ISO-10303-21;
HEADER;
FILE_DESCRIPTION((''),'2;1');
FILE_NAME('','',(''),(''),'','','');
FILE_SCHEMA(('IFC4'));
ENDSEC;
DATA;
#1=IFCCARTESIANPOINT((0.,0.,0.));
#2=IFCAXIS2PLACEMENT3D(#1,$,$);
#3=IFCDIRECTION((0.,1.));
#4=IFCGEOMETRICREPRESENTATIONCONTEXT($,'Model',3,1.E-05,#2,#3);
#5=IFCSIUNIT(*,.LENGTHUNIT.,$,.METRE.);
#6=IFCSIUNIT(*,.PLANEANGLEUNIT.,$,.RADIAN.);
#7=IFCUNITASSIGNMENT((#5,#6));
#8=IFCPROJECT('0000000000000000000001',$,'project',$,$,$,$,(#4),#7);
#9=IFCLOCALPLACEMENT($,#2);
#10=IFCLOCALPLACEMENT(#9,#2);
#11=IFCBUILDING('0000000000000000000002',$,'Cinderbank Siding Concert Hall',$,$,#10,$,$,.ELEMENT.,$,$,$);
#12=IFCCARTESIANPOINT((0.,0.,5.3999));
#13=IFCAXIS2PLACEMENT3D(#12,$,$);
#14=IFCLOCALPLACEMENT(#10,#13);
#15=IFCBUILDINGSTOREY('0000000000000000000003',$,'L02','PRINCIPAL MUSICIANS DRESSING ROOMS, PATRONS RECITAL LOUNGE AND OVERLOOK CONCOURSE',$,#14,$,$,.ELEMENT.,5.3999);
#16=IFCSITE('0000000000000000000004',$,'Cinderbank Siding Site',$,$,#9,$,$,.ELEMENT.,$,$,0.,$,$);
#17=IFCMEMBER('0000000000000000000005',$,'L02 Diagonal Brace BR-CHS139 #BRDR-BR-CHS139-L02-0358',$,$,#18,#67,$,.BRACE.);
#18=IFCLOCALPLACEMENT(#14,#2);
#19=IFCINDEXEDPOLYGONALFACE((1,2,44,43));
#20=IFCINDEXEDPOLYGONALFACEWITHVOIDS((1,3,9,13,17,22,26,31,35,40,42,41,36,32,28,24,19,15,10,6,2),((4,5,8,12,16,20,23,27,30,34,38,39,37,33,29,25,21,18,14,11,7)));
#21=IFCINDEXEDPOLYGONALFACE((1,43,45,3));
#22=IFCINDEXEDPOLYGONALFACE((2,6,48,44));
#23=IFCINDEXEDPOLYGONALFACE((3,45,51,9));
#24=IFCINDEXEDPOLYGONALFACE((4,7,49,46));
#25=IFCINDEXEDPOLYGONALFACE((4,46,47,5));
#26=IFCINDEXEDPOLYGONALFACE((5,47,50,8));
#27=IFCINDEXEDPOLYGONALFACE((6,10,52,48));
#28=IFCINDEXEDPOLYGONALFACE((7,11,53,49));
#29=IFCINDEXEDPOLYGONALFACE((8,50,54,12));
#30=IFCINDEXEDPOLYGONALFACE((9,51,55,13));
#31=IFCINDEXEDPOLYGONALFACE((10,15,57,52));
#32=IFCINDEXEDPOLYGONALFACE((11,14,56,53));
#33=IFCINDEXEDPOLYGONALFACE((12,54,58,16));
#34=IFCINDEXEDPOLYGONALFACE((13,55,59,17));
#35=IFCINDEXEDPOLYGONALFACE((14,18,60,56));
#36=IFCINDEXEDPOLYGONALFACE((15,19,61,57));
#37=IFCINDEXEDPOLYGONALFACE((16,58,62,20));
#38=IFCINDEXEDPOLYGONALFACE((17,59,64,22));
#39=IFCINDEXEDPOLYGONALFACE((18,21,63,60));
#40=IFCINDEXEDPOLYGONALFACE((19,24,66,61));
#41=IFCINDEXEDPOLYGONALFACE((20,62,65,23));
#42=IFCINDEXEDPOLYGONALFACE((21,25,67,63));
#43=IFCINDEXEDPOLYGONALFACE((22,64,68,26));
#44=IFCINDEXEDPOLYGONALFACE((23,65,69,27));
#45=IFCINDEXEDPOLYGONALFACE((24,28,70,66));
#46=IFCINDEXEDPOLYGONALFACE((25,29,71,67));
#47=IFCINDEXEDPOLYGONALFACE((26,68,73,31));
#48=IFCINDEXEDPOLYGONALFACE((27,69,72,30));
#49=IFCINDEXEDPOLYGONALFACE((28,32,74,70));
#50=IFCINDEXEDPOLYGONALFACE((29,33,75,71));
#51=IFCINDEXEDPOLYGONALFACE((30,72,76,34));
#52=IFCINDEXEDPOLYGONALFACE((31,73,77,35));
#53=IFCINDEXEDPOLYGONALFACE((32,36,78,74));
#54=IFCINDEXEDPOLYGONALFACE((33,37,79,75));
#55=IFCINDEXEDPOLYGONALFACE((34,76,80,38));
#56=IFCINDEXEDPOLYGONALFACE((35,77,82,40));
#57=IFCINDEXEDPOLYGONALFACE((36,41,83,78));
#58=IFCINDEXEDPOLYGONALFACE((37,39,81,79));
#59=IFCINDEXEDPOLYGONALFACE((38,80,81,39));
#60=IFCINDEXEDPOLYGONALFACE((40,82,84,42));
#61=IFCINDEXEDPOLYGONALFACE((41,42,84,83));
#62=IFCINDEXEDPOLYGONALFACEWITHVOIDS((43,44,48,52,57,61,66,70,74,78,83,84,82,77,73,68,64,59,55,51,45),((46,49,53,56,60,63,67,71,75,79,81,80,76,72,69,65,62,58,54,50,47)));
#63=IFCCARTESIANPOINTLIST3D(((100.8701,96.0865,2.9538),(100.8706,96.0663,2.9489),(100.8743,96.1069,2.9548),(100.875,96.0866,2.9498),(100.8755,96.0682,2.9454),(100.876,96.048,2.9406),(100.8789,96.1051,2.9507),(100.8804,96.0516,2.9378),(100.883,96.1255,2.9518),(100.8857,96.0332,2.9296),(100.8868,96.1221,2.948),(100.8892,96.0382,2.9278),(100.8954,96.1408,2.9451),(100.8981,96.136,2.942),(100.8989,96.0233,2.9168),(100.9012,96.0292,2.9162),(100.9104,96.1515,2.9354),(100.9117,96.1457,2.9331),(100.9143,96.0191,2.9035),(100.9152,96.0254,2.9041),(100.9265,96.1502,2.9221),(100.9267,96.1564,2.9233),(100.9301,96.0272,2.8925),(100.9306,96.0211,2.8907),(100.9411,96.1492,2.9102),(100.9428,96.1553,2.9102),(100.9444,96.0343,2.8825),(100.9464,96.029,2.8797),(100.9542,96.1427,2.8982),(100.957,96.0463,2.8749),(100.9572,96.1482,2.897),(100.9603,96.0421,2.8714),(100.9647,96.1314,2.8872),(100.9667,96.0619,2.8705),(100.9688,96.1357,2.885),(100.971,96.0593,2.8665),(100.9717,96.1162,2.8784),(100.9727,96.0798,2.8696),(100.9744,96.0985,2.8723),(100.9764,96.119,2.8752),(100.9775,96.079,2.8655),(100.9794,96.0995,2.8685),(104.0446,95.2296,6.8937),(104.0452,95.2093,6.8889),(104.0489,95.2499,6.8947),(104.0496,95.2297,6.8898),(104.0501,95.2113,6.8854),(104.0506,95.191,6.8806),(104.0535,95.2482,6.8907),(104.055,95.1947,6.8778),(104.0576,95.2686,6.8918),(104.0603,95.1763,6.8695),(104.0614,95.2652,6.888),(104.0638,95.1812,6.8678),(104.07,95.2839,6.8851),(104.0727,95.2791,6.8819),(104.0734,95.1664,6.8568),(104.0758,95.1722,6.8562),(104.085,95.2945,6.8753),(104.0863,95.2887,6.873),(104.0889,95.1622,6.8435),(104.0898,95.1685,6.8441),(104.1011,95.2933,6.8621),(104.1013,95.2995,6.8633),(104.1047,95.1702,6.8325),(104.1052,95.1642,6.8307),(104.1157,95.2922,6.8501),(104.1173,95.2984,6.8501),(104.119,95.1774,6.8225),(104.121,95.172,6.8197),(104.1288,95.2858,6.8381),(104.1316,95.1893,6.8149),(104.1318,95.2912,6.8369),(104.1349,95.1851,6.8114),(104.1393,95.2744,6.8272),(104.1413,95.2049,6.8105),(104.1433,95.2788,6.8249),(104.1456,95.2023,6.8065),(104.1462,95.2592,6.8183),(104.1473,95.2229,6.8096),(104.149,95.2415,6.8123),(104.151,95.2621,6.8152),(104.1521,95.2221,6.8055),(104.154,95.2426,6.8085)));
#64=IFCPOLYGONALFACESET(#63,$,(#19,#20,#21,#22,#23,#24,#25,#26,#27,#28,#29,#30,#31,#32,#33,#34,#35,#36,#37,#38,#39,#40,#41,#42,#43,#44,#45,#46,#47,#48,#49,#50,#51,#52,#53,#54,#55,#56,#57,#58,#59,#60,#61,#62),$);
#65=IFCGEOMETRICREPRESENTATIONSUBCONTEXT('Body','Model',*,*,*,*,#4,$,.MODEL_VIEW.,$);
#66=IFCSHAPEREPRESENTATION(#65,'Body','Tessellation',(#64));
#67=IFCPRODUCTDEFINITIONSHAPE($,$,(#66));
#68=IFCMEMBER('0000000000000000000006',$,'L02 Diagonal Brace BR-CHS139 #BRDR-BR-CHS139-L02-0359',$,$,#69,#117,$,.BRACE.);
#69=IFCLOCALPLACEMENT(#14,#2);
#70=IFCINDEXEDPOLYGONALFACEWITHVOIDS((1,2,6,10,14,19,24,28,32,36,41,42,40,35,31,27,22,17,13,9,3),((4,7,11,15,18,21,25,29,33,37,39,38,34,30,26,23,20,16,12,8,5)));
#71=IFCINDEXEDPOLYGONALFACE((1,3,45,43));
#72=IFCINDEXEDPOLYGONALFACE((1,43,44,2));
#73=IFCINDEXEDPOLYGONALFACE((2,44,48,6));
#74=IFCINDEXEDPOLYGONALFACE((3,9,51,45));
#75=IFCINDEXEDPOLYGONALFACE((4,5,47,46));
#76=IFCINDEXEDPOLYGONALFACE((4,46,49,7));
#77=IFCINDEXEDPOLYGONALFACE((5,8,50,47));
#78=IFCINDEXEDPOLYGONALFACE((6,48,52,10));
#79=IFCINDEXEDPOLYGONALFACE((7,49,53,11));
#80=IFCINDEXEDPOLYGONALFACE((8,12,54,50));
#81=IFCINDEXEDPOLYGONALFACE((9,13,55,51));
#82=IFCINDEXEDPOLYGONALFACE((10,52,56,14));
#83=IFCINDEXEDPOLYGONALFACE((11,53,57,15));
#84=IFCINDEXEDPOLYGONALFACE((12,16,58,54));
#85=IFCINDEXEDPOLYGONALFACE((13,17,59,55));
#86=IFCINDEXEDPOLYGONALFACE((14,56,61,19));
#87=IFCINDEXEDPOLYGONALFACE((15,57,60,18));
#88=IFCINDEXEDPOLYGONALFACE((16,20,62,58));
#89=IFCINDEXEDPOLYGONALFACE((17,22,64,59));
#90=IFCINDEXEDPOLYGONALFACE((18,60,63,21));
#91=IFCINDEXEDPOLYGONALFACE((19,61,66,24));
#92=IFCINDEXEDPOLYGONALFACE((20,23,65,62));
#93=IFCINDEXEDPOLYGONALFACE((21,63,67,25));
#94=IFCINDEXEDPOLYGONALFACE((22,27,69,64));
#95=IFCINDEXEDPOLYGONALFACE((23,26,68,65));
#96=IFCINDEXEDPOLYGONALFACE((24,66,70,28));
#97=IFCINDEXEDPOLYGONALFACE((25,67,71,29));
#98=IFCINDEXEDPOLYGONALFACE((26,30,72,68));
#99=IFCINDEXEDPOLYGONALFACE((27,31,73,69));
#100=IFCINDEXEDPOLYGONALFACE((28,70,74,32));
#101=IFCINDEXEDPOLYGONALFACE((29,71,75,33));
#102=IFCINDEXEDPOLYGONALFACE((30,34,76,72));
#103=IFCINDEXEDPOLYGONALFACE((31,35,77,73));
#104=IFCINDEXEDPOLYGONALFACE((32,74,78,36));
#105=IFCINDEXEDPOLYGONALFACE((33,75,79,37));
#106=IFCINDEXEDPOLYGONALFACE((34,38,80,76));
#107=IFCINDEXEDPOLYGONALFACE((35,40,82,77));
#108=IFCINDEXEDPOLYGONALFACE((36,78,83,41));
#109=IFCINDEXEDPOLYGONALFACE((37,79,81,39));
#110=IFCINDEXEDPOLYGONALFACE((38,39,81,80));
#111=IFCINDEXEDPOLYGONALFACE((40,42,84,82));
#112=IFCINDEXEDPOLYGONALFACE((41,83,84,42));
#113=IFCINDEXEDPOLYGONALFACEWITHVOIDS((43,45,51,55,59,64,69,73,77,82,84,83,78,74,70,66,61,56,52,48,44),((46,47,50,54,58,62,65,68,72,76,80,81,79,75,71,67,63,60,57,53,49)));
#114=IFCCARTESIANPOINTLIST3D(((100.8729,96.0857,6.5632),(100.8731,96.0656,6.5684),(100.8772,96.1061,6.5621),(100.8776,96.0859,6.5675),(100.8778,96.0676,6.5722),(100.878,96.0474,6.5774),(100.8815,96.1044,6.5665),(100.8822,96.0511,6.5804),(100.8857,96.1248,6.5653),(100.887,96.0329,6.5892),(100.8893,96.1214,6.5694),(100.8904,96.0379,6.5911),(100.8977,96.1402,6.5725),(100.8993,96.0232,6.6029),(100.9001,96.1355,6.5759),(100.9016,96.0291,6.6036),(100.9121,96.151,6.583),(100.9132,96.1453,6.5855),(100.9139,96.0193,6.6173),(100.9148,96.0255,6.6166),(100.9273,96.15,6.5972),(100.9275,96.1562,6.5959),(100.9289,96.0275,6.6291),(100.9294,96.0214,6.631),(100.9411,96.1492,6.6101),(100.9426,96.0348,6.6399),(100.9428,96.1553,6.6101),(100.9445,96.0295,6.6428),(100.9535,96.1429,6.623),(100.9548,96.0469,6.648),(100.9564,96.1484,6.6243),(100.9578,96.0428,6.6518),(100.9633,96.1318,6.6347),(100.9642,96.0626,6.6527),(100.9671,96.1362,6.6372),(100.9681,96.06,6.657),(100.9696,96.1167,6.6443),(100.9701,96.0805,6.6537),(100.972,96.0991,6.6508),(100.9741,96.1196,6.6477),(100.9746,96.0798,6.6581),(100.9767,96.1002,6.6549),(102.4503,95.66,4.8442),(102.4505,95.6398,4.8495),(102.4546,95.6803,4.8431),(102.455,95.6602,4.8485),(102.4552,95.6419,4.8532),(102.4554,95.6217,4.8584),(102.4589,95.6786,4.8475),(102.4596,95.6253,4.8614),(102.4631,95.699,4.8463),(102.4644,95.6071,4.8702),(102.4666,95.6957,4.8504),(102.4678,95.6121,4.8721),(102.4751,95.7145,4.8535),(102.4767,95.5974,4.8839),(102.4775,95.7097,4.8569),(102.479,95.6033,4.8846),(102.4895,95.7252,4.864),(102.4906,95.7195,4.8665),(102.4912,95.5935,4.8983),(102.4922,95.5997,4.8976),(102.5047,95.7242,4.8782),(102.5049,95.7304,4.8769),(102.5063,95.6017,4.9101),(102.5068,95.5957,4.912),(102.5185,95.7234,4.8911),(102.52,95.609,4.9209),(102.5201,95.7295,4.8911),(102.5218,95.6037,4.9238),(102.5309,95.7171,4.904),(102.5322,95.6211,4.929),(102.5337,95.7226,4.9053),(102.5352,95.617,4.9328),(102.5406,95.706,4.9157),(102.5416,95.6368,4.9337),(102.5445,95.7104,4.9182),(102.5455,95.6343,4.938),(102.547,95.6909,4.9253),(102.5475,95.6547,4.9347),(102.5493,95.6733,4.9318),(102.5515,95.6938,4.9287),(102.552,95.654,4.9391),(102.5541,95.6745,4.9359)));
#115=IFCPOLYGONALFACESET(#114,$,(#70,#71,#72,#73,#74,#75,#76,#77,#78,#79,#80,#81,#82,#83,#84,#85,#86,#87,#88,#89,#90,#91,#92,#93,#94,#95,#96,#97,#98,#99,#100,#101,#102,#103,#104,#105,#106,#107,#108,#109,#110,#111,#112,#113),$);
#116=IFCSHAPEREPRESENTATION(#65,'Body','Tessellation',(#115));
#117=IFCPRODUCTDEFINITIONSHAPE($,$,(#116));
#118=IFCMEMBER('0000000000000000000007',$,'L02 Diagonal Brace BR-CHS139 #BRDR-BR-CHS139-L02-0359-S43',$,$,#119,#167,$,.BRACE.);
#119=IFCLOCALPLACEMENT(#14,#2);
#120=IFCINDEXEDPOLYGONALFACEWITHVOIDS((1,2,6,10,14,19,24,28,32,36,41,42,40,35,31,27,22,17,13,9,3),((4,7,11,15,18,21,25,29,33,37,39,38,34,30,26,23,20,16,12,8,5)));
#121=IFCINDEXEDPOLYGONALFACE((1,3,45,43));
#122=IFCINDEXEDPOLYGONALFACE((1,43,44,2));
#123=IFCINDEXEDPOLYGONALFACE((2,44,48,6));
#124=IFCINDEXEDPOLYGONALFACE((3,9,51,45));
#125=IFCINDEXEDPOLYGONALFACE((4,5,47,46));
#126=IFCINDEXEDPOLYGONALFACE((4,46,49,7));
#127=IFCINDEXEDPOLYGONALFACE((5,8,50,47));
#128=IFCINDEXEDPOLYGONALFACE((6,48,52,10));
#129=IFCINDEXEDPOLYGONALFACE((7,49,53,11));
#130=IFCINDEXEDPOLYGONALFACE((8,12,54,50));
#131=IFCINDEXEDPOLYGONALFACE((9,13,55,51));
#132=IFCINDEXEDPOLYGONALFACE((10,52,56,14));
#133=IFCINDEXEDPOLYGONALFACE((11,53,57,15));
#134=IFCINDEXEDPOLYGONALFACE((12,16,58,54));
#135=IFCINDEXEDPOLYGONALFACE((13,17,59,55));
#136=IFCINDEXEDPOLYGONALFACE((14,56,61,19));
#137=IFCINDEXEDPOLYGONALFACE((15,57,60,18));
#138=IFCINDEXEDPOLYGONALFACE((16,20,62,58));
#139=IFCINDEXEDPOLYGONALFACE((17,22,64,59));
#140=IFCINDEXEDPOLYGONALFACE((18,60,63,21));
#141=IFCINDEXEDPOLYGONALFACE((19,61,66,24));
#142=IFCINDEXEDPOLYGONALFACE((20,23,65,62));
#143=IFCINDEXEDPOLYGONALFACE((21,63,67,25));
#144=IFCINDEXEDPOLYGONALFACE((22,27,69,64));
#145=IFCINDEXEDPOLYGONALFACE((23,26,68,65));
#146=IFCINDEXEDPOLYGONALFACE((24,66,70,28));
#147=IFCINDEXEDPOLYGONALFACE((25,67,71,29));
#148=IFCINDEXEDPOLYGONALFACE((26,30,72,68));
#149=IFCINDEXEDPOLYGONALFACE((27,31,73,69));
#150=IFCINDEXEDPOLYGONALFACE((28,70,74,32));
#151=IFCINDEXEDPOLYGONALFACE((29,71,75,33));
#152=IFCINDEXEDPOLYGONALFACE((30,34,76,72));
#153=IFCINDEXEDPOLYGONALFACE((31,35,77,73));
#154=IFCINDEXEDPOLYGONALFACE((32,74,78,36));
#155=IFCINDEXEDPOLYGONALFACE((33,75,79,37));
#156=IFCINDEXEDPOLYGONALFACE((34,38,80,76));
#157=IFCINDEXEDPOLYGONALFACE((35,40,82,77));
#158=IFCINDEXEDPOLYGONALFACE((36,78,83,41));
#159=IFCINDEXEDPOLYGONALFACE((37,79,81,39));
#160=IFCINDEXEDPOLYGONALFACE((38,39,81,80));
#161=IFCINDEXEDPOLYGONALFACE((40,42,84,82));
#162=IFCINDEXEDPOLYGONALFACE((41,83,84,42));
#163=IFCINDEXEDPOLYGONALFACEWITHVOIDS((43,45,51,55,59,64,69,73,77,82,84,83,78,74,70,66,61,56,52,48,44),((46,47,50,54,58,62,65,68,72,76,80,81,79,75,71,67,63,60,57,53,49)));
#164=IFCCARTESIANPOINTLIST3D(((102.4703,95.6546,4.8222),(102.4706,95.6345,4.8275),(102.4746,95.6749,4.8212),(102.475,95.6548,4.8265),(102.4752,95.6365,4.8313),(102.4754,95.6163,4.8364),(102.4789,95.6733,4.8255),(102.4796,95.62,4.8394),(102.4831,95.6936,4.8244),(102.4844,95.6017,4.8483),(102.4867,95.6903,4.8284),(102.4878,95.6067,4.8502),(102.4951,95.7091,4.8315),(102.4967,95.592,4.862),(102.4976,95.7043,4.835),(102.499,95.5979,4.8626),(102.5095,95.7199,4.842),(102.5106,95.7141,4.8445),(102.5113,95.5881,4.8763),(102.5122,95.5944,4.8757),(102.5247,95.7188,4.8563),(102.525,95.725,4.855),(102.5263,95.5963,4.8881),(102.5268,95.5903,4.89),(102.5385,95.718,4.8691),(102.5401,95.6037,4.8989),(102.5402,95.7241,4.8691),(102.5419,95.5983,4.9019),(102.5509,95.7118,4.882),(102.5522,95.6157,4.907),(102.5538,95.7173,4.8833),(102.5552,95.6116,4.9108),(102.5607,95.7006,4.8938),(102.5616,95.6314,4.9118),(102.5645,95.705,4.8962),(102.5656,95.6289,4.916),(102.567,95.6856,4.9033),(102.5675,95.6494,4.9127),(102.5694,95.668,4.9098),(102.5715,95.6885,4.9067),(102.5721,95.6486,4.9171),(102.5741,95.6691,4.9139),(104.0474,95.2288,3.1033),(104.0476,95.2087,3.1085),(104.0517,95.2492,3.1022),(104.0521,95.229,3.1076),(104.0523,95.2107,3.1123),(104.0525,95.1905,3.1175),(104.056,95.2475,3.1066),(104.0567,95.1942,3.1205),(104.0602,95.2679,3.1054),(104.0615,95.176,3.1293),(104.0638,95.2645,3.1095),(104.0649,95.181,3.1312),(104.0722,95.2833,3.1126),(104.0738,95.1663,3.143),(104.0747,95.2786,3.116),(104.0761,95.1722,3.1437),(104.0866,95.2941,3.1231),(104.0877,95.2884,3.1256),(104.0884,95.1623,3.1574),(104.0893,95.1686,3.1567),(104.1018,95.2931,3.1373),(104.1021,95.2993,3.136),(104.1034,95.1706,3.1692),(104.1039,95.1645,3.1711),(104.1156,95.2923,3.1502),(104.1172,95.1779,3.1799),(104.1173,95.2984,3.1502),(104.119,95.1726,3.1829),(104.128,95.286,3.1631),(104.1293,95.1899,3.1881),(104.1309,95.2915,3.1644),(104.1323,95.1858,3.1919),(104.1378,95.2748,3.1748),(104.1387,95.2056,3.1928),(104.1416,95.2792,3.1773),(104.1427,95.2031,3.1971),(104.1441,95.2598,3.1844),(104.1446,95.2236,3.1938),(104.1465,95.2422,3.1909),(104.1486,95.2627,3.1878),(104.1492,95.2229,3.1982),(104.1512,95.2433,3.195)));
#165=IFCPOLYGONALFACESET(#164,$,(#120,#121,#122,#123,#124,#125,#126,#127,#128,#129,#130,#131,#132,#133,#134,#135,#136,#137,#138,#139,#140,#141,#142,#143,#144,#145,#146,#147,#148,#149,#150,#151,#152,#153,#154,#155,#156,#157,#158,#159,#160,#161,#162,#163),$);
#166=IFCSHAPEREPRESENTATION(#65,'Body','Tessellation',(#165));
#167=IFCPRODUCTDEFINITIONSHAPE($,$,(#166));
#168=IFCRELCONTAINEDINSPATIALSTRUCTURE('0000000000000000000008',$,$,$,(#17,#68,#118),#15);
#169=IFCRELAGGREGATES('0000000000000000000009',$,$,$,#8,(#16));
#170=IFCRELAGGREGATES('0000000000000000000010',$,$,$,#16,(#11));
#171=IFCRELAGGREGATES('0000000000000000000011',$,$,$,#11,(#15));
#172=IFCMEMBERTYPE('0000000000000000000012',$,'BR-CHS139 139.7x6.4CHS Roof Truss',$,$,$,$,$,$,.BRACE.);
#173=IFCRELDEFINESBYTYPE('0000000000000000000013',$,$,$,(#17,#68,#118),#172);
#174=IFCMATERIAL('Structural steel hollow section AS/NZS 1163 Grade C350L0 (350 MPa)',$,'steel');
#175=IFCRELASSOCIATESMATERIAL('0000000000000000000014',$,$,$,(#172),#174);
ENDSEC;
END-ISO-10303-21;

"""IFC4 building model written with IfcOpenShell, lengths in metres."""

from ifc_helpers import new_model, si_unit, direction, frame, origin, origin_2d, place, context, subcontext, project, spatial, hollow_circle, extrude, material, material_profile, profile_set, type_object, element, save


model = new_model("IFC4")

# Units and contexts
model_context = context("Model", 3, precision=1e-05, world=origin(), true_north=direction((0.0, 1.0)))
body_context = subcontext(model_context, "Body", "Model", "MODEL_VIEW")
ifc_project = project(units=[si_unit("LENGTHUNIT", "METRE"), si_unit("PLANEANGLEUNIT", "RADIAN")], contexts=[model_context])

# Site, building, storey
site_placement = place(None, origin())
site = spatial("IfcSite", under=ifc_project, at=site_placement, Name="Cinderbank Siding Site", CompositionType="ELEMENT", RefElevation=0.0)
building_placement = place(site_placement, origin())
building = spatial("IfcBuilding", under=site, at=building_placement, Name="Cinderbank Siding Concert Hall", CompositionType="ELEMENT")
storey_placement = place(building_placement, frame((0.0, 0.0, 5.3999)))
storey = spatial("IfcBuildingStorey", under=building, at=storey_placement, Name="L02", Description="PRINCIPAL MUSICIANS DRESSING ROOMS, PATRONS RECITAL LOUNGE AND OVERLOOK CONCOURSE", CompositionType="ELEMENT", Elevation=5.3999)

# Members
ifc_material_1 = material(Name="Structural steel hollow section AS/NZS 1163 Grade C350L0 (350 MPa)", Category="steel")
ifc_material_profile_1 = material_profile(ifc_material_1, hollow_circle(Radius=0.0698, WallThickness=0.0063, at=origin_2d()), Name="139.7x6.4CHS", Category="LoadBearing")
ifc_profile_set_1 = profile_set([ifc_material_profile_1], Name="Structural steel hollow section AS/NZS 1163 Grade C350L0 (350 MPa)")
member_type_1 = type_object("IfcMemberType", Name="BR-CHS139 139.7x6.4CHS Roof Truss", PredefinedType="BRACE", material=ifc_profile_set_1)
member_1_placement = place(storey_placement, frame((100.9246, 96.0879, 2.9102), z_axis=(0.618606, -0.166985, 0.767751), x_axis=(0.26061, 0.965444, 0.0)))
element("IfcMember", 1, at=member_1_placement, inside=storey, type_object=member_type_1, Name="L02 Diagonal Brace BR-CHS139 #BRDR-BR-CHS139-L02-0358", PredefinedType="BRACE", context=body_context, shape_type="SweptSolid", body=[
    extrude(hollow_circle(Radius=0.0698, WallThickness=0.0063, at=origin_2d()), origin(), (0.0, 0.0, 1.0), 5.1318),
])
member_2_placement = place(storey_placement, frame((100.9246, 96.0879, 6.6101), z_axis=(0.665123, -0.179535, -0.72483), x_axis=(0.2606, 0.965447, 0.0)))
element("IfcMember", 2, at=member_2_placement, inside=storey, type_object=member_type_1, Name="L02 Diagonal Brace BR-CHS139 #BRDR-BR-CHS139-L02-0359", PredefinedType="BRACE", context=body_context, shape_type="SweptSolid", body=[
    extrude(hollow_circle(Radius=0.0698, WallThickness=0.0063, at=origin_2d()), origin(), (0.0, 0.0, 1.0), 2.3716),
])
member_3_placement = place(storey_placement, frame((102.522, 95.6567, 4.8691), z_axis=(0.665065, -0.179547, -0.72488), x_axis=(0.260638, 0.965437, 0.0)))
element("IfcMember", 3, at=member_3_placement, inside=storey, type_object=member_type_1, Name="L02 Diagonal Brace BR-CHS139 #BRDR-BR-CHS139-L02-0359-S43", PredefinedType="BRACE", context=body_context, shape_type="SweptSolid", body=[
    extrude(hollow_circle(Radius=0.0698, WallThickness=0.0063, at=origin_2d()), origin(), (0.0, 0.0, 1.0), 2.3713),
])

save(model, "model.ifc")
